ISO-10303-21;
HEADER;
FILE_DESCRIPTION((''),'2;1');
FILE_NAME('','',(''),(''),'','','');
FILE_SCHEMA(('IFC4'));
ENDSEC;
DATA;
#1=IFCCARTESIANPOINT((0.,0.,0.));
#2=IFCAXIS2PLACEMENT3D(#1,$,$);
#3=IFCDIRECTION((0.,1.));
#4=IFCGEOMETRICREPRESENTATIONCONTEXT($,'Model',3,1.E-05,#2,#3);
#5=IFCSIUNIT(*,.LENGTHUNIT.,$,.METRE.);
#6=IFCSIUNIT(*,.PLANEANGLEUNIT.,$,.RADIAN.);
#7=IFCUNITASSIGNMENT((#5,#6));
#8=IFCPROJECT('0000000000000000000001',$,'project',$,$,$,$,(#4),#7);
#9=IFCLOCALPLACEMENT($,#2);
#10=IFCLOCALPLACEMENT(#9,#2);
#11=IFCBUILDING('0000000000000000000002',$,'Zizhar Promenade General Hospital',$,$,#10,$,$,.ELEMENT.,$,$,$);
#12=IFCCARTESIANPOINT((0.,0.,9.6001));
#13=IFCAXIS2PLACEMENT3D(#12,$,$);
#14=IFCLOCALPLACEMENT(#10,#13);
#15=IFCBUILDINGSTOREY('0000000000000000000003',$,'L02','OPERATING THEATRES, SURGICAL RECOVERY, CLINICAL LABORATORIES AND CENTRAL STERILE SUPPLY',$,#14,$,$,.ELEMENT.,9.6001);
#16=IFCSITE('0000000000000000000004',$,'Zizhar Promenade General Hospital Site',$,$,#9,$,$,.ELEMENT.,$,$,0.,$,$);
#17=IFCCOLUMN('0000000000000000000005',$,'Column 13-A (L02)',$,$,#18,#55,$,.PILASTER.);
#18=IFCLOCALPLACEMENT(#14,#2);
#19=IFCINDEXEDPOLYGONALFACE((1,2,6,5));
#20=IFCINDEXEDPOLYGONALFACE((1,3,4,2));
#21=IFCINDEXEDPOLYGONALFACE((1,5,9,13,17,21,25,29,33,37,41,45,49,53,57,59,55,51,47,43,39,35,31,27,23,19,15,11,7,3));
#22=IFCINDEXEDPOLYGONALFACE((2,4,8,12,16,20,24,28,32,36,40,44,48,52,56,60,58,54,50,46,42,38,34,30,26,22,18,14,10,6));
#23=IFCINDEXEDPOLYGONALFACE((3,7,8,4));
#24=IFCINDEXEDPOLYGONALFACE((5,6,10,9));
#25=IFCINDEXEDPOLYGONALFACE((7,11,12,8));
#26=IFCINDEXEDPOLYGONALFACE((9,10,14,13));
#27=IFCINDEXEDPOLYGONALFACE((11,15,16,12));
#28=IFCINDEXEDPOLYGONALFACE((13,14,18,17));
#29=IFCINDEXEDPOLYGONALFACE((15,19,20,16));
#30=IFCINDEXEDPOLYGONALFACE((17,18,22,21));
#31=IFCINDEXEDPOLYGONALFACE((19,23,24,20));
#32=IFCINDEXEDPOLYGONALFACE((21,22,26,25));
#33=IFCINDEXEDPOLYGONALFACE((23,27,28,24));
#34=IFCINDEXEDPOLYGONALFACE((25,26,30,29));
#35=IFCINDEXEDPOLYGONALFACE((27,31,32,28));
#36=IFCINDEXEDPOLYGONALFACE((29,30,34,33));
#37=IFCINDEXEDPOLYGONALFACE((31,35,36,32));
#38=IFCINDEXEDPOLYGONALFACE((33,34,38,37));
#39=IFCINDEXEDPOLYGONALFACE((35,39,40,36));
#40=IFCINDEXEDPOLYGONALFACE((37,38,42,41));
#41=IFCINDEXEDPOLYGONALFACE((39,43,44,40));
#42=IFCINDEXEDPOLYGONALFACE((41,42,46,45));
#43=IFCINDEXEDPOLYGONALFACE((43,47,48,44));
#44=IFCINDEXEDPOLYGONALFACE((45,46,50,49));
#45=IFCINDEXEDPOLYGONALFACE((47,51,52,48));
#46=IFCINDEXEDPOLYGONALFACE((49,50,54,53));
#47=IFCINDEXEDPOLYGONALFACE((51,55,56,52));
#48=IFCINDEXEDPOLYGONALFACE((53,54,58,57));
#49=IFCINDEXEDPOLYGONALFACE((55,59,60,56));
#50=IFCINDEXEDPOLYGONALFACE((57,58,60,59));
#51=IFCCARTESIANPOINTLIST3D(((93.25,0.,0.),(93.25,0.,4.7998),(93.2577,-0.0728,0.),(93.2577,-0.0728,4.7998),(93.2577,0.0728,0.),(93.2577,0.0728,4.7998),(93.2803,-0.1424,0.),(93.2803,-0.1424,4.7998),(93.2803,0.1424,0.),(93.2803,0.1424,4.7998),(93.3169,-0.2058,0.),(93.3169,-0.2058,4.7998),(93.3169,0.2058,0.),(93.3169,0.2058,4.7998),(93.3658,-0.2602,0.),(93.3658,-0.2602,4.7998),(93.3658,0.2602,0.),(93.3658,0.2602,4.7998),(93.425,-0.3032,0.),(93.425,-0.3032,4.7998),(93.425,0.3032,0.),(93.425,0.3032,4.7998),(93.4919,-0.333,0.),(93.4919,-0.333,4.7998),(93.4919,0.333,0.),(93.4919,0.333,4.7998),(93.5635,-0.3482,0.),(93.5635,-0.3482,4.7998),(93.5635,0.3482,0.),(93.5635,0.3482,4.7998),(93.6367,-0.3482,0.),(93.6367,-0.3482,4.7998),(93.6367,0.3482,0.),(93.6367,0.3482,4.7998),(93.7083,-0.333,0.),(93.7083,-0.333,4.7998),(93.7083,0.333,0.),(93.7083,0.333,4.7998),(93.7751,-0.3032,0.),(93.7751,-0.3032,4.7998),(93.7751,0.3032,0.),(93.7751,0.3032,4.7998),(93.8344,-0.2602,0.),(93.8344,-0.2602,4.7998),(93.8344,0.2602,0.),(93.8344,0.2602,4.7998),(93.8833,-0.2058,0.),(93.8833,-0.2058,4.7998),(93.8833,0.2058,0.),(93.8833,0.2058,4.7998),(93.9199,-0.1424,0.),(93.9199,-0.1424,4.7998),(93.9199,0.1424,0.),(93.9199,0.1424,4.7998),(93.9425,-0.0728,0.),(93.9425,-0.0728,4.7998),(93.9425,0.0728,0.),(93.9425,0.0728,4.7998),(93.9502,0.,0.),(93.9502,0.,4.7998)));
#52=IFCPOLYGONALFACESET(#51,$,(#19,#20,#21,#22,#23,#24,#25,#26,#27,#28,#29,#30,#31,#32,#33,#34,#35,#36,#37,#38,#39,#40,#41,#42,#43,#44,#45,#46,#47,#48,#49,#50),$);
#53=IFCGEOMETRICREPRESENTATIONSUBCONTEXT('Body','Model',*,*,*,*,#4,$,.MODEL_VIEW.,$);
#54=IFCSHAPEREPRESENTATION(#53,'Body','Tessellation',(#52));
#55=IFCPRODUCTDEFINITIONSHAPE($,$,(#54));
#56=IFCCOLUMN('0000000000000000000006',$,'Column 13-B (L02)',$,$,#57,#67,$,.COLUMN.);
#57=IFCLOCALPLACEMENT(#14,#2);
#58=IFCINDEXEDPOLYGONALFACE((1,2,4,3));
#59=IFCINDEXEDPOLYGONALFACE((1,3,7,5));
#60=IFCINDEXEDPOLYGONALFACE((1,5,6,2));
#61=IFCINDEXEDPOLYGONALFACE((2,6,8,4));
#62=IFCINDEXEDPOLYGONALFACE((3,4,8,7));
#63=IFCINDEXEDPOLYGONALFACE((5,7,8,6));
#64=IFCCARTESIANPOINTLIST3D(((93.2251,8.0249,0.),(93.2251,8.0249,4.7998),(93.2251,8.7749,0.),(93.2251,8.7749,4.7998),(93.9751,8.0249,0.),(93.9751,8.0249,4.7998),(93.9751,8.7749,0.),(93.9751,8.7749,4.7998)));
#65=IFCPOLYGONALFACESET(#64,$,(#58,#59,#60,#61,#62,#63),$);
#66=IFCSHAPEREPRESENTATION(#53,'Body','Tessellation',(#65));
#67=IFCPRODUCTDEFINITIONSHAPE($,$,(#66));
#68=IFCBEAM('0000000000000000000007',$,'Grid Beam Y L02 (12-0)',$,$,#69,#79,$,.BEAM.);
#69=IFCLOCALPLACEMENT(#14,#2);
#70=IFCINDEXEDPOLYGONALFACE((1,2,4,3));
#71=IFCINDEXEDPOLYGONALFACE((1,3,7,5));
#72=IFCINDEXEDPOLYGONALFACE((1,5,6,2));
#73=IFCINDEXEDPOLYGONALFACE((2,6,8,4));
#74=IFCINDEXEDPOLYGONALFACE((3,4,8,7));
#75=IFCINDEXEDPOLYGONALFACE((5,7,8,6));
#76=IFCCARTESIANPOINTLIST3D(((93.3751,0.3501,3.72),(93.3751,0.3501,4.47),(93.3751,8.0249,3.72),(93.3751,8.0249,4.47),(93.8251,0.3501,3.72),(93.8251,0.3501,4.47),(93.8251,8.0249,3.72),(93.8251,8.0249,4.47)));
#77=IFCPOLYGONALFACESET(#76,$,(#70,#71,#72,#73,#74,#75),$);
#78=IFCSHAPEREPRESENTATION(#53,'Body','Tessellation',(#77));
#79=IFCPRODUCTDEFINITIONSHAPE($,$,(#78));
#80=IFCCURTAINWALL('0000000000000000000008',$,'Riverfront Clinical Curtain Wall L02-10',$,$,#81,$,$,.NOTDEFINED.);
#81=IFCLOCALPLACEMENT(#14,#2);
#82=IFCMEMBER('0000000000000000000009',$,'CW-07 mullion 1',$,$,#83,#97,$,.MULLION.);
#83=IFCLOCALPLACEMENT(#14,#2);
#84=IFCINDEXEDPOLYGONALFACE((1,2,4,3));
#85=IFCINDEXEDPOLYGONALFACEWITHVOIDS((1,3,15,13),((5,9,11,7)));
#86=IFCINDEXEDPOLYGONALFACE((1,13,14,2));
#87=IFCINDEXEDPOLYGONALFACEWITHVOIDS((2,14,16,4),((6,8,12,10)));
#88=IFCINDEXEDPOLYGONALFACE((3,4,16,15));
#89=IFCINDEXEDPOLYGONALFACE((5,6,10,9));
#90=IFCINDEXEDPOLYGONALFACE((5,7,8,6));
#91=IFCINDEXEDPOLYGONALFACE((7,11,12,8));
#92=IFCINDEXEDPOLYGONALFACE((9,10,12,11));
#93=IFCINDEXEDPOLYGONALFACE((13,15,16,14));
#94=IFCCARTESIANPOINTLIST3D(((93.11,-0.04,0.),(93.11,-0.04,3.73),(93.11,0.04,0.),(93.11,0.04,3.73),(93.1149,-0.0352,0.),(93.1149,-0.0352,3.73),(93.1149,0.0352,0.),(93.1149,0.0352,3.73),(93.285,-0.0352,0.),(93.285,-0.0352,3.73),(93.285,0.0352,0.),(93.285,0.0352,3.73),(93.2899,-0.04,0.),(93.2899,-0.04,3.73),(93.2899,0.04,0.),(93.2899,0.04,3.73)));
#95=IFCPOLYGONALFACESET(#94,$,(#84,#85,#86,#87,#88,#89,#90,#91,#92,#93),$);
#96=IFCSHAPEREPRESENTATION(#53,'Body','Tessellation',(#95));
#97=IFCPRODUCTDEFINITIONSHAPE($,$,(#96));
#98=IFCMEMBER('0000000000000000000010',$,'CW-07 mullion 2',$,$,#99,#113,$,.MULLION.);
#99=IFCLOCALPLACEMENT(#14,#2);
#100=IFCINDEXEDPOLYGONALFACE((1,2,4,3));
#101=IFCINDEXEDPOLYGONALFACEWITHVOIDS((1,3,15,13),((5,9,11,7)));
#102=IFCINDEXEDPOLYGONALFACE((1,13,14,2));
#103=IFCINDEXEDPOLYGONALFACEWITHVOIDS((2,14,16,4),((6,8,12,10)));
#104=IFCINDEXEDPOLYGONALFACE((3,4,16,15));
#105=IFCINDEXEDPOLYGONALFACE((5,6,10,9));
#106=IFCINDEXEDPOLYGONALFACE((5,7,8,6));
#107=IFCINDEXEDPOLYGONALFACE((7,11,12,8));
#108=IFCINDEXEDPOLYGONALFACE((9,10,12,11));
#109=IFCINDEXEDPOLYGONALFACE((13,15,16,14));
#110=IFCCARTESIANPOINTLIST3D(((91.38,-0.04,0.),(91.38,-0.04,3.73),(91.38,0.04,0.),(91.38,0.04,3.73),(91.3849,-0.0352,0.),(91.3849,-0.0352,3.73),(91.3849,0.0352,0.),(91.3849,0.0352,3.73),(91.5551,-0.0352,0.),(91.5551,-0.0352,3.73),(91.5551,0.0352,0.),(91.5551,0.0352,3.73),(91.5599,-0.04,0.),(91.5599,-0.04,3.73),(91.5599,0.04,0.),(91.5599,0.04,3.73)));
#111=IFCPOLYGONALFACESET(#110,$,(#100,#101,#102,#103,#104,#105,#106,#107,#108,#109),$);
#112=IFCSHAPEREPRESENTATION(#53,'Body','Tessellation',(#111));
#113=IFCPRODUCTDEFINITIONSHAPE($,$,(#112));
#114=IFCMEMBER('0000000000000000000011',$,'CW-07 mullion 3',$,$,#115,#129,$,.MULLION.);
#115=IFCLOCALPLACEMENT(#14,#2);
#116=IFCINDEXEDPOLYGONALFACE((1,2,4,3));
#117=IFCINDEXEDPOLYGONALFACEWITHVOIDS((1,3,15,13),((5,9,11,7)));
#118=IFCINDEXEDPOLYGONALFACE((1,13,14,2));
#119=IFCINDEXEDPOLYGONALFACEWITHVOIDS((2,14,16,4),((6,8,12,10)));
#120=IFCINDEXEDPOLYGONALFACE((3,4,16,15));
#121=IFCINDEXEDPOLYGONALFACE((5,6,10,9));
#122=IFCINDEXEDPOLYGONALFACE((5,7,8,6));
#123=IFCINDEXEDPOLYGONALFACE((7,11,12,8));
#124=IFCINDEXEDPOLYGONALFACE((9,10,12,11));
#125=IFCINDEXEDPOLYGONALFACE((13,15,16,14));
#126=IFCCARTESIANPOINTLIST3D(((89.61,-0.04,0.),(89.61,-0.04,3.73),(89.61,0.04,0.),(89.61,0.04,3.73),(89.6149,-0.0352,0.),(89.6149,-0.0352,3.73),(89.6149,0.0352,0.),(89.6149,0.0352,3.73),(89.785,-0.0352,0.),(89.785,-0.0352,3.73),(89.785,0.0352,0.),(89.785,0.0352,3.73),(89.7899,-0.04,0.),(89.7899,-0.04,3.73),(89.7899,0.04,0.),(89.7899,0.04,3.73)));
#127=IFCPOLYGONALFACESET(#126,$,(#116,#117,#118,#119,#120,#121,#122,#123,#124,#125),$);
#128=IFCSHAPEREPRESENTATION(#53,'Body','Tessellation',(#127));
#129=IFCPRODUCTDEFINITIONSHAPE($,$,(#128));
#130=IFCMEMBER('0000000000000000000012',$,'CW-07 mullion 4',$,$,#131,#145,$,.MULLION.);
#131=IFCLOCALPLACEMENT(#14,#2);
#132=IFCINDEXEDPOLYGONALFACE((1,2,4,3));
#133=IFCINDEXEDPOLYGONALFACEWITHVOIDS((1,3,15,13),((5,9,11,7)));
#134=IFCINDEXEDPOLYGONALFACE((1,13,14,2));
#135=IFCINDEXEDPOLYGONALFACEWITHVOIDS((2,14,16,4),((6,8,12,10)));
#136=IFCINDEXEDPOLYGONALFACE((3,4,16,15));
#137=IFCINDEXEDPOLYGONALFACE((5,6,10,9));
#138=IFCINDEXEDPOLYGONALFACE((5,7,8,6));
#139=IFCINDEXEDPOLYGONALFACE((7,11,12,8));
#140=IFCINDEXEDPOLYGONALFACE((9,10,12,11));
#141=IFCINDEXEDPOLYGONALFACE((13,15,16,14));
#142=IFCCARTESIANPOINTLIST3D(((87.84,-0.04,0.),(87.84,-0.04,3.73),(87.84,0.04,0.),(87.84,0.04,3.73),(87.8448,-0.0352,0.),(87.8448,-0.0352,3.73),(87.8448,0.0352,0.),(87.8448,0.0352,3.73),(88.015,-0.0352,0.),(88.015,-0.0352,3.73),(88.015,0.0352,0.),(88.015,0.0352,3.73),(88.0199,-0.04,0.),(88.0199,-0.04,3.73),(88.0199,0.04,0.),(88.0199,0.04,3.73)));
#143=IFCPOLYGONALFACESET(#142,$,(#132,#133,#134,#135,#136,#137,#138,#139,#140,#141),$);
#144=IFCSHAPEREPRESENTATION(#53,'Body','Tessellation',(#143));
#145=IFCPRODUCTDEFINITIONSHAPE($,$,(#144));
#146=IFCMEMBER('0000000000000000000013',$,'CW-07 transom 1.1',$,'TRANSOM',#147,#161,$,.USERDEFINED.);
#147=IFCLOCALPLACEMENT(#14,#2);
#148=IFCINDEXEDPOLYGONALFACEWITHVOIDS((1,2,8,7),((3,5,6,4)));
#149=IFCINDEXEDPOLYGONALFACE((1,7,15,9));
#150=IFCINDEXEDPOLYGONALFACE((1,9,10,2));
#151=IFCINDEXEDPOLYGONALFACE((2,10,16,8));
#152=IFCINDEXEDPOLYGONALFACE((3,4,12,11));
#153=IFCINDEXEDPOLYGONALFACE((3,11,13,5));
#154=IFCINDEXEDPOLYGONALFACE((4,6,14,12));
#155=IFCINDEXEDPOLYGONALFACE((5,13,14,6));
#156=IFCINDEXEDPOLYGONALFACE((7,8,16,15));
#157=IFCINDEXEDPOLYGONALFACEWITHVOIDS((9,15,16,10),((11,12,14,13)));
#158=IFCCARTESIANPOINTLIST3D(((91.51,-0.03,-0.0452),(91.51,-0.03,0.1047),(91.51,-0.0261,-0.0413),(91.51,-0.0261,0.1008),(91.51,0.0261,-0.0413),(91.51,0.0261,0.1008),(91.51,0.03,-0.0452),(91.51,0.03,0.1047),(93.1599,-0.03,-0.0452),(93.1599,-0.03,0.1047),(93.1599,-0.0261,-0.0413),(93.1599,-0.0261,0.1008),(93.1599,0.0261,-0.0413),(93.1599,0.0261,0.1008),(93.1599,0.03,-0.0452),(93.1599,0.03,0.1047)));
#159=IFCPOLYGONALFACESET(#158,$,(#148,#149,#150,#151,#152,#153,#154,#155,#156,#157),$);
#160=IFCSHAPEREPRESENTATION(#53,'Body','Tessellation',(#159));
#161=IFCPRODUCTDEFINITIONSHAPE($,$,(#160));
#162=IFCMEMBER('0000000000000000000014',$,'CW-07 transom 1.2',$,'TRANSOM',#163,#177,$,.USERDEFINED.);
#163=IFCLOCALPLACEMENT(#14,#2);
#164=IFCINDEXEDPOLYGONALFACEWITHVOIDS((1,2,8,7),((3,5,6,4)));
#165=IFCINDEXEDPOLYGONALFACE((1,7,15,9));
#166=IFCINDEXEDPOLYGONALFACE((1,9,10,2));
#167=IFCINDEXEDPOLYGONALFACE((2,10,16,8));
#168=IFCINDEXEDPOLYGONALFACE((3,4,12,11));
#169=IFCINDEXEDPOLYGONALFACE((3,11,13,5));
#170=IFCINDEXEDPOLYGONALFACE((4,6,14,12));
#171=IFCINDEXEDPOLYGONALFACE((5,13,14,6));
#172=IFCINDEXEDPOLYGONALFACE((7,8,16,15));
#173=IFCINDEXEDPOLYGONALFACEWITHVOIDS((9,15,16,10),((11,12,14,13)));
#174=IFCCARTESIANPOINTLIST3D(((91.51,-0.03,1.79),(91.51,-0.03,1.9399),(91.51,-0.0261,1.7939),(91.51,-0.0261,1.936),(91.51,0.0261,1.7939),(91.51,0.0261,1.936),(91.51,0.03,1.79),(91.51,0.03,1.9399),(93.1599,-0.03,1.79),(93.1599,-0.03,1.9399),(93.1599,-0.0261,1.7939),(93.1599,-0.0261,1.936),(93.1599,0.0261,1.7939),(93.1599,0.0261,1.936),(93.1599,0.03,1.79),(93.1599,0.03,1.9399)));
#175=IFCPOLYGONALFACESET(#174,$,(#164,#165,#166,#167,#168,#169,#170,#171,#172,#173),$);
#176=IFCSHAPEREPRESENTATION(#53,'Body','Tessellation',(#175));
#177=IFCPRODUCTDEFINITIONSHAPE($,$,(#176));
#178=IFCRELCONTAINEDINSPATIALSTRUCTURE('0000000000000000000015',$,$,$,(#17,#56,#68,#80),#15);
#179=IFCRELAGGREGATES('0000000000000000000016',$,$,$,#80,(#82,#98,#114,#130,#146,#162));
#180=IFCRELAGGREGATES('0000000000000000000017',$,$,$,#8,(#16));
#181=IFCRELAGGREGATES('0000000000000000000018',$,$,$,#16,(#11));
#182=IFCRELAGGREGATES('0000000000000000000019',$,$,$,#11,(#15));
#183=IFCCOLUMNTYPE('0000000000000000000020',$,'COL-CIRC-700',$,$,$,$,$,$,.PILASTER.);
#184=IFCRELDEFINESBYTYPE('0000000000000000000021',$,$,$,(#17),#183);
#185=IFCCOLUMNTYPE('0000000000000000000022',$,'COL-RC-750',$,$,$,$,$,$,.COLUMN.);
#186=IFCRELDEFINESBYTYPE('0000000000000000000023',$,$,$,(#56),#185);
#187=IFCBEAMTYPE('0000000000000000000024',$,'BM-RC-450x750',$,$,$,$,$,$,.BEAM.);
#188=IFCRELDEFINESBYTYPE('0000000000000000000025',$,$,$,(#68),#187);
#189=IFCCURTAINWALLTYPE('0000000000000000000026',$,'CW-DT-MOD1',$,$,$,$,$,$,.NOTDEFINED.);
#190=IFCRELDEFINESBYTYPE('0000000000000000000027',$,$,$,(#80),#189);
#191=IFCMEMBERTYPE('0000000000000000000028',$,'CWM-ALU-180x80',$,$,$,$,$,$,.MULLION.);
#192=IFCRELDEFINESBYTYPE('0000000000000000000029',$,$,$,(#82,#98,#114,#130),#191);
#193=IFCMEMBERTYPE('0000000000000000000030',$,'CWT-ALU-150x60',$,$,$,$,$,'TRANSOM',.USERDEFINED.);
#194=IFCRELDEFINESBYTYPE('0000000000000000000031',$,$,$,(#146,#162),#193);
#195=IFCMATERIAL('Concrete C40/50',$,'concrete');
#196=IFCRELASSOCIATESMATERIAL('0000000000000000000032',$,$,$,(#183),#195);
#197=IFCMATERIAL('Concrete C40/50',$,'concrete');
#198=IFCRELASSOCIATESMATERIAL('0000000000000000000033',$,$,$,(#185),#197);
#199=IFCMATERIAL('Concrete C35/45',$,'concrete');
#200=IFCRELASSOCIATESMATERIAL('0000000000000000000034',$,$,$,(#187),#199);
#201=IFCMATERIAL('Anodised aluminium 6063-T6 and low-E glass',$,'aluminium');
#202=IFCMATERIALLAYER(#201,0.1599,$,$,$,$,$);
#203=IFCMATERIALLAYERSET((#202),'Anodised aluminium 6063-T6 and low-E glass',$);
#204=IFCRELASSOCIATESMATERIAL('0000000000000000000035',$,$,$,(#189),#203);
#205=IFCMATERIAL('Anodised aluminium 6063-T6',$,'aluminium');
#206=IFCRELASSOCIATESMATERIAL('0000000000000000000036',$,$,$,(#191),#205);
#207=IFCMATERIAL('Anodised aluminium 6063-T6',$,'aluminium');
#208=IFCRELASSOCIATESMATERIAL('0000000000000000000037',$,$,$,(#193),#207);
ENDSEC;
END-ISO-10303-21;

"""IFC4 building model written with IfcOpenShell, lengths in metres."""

from ifc_helpers import new_model, si_unit, direction, frame, origin, origin_2d, place, context, subcontext, project, spatial, rectangle, hollow_rectangle, circle, extrude, material, layer, layer_set, material_profile, profile_set, type_object, element, aggregate, save


model = new_model("IFC4")

# Units and contexts
model_context = context("Model", 3, precision=1e-05, world=origin(), true_north=direction((0.0, 1.0)))
body_context = subcontext(model_context, "Body", "Model", "MODEL_VIEW")
ifc_project = project(units=[si_unit("LENGTHUNIT", "METRE"), si_unit("PLANEANGLEUNIT", "RADIAN")], contexts=[model_context])

# Site, building, storey
site_placement = place(None, origin())
site = spatial("IfcSite", under=ifc_project, at=site_placement, Name="Zizhar Promenade General Hospital Site", CompositionType="ELEMENT", RefElevation=0.0)
building_placement = place(site_placement, origin())
building = spatial("IfcBuilding", under=site, at=building_placement, Name="Zizhar Promenade General Hospital", CompositionType="ELEMENT")
storey_placement = place(building_placement, frame((0.0, 0.0, 9.6001)))
storey = spatial("IfcBuildingStorey", under=building, at=storey_placement, Name="L02", Description="OPERATING THEATRES, SURGICAL RECOVERY, CLINICAL LABORATORIES AND CENTRAL STERILE SUPPLY", CompositionType="ELEMENT", Elevation=9.6001)

# Columns
ifc_material_1 = material(Name="Concrete C40/50", Category="concrete")
ifc_material_profile_1 = material_profile(ifc_material_1, circle(Radius=0.3501, at=origin_2d()))
ifc_profile_set_1 = profile_set([ifc_material_profile_1], Name="Concrete C40/50")
column_type_1 = type_object("IfcColumnType", Name="COL-CIRC-700", PredefinedType="PILASTER", material=ifc_profile_set_1)
column_1_placement = place(storey_placement, frame((93.6001, 0.0, 0.0), z_axis=(0.0, 0.0, 1.0), x_axis=(1.0, 0.0, 0.0)))
element("IfcColumn", 1, at=column_1_placement, inside=storey, type_object=column_type_1, Name="Column 13-A (L02)", PredefinedType="PILASTER", context=body_context, shape_type="SweptSolid", body=[
    extrude(circle(Radius=0.3501, at=origin_2d()), origin(), (0.0, 0.0, 1.0), 4.7998),
])
ifc_material_2 = material(Name="Concrete C40/50", Category="concrete")
ifc_material_profile_2 = material_profile(ifc_material_2, rectangle(XDim=0.75, YDim=0.75, at=origin_2d()))
ifc_profile_set_2 = profile_set([ifc_material_profile_2], Name="Concrete C40/50")
column_type_2 = type_object("IfcColumnType", Name="COL-RC-750", PredefinedType="COLUMN", material=ifc_profile_set_2)
column_2_placement = place(storey_placement, frame((93.6001, 8.3999, 0.0), z_axis=(0.0, 0.0, 1.0), x_axis=(1.0, 0.0, 0.0)))
element("IfcColumn", 2, at=column_2_placement, inside=storey, type_object=column_type_2, Name="Column 13-B (L02)", PredefinedType="COLUMN", context=body_context, shape_type="SweptSolid", body=[
    extrude(rectangle(XDim=0.75, YDim=0.75, at=origin_2d()), origin(), (0.0, 0.0, 1.0), 4.7998),
])

# Beam
ifc_material_3 = material(Name="Concrete C35/45", Category="concrete")
ifc_material_profile_3 = material_profile(ifc_material_3, rectangle(XDim=0.45, YDim=0.75, at=origin_2d()))
ifc_profile_set_3 = profile_set([ifc_material_profile_3], Name="Concrete C35/45")
beam_type = type_object("IfcBeamType", Name="BM-RC-450x750", PredefinedType="BEAM", material=ifc_profile_set_3)
beam_placement = place(storey_placement, frame((93.6001, 0.3501, 4.095), z_axis=(0.0, 1.0, 0.0), x_axis=(-1.0, 0.0, 0.0)))
element("IfcBeam", 3, at=beam_placement, inside=storey, type_object=beam_type, Name="Grid Beam Y L02 (12-0)", PredefinedType="BEAM", context=body_context, shape_type="SweptSolid", body=[
    extrude(rectangle(XDim=0.45, YDim=0.75, at=origin_2d()), origin(), (0.0, 0.0, 1.0), 7.6748),
])

# Curtain wall, members
ifc_material_4 = material(Name="Anodised aluminium 6063-T6 and low-E glass", Category="aluminium")
ifc_layer_1 = layer(ifc_material_4, 0.1599)
ifc_layer_set_1 = layer_set([ifc_layer_1], Name="Anodised aluminium 6063-T6 and low-E glass")
curtain_wall_type = type_object("IfcCurtainWallType", Name="CW-DT-MOD1", PredefinedType="NOTDEFINED", material=ifc_layer_set_1)
curtain_wall_placement = place(storey_placement, origin())
curtain_wall = element("IfcCurtainWall", 4, at=curtain_wall_placement, inside=storey, type_object=curtain_wall_type, Name="Riverfront Clinical Curtain Wall L02-10", PredefinedType="NOTDEFINED")
ifc_material_5 = material(Name="Anodised aluminium 6063-T6", Category="aluminium")
ifc_material_profile_4 = material_profile(ifc_material_5, hollow_rectangle(XDim=0.0801, YDim=0.1799, WallThickness=0.0049, at=origin_2d()))
ifc_profile_set_4 = profile_set([ifc_material_profile_4], Name="Anodised aluminium 6063-T6")
member_type_1 = type_object("IfcMemberType", Name="CWM-ALU-180x80", PredefinedType="MULLION", material=ifc_profile_set_4)
member_1_placement = place(storey_placement, frame((93.2, 0.0, 0.0), z_axis=(0.0, 0.0, 1.0), x_axis=(0.0, -1.0, 0.0)))
member_1 = element("IfcMember", 5, at=member_1_placement, type_object=member_type_1, Name="CW-07 mullion 1", PredefinedType="MULLION", context=body_context, shape_type="SweptSolid", body=[
    extrude(hollow_rectangle(XDim=0.0801, YDim=0.1799, WallThickness=0.0049, at=origin_2d()), origin(), (0.0, 0.0, 1.0), 3.73),
])
member_2_placement = place(storey_placement, frame((91.47, 0.0, 0.0), z_axis=(0.0, 0.0, 1.0), x_axis=(0.0, -1.0, 0.0)))
member_2 = element("IfcMember", 6, at=member_2_placement, type_object=member_type_1, Name="CW-07 mullion 2", PredefinedType="MULLION", context=body_context, shape_type="SweptSolid", body=[
    extrude(hollow_rectangle(XDim=0.0801, YDim=0.1799, WallThickness=0.0049, at=origin_2d()), origin(), (0.0, 0.0, 1.0), 3.73),
])
member_3_placement = place(storey_placement, frame((89.7, 0.0, 0.0), z_axis=(0.0, 0.0, 1.0), x_axis=(0.0, -1.0, 0.0)))
member_3 = element("IfcMember", 7, at=member_3_placement, type_object=member_type_1, Name="CW-07 mullion 3", PredefinedType="MULLION", context=body_context, shape_type="SweptSolid", body=[
    extrude(hollow_rectangle(XDim=0.0801, YDim=0.1799, WallThickness=0.0049, at=origin_2d()), origin(), (0.0, 0.0, 1.0), 3.73),
])
member_4_placement = place(storey_placement, frame((87.9299, 0.0, 0.0), z_axis=(0.0, 0.0, 1.0), x_axis=(0.0, -1.0, 0.0)))
member_4 = element("IfcMember", 8, at=member_4_placement, type_object=member_type_1, Name="CW-07 mullion 4", PredefinedType="MULLION", context=body_context, shape_type="SweptSolid", body=[
    extrude(hollow_rectangle(XDim=0.0801, YDim=0.1799, WallThickness=0.0049, at=origin_2d()), origin(), (0.0, 0.0, 1.0), 3.73),
])
ifc_material_6 = material(Name="Anodised aluminium 6063-T6", Category="aluminium")
ifc_material_profile_5 = material_profile(ifc_material_6, hollow_rectangle(XDim=0.0601, YDim=0.1499, WallThickness=0.0039, at=origin_2d()))
ifc_profile_set_5 = profile_set([ifc_material_profile_5], Name="Anodised aluminium 6063-T6")
member_type_2 = type_object("IfcMemberType", Name="CWT-ALU-150x60", ElementType="TRANSOM", PredefinedType="USERDEFINED", material=ifc_profile_set_5)
member_5_placement = place(storey_placement, frame((93.1599, 0.0, 0.0298), z_axis=(-1.0, 0.0, 0.0), x_axis=(0.0, -1.0, 0.0)))
member_5 = element("IfcMember", 9, at=member_5_placement, type_object=member_type_2, Name="CW-07 transom 1.1", ObjectType="TRANSOM", PredefinedType="USERDEFINED", context=body_context, shape_type="SweptSolid", body=[
    extrude(hollow_rectangle(XDim=0.0601, YDim=0.1499, WallThickness=0.0039, at=origin_2d()), origin(), (0.0, 0.0, 1.0), 1.6499),
])
member_6_placement = place(storey_placement, frame((93.1599, 0.0, 1.865), z_axis=(-1.0, 0.0, 0.0), x_axis=(0.0, -1.0, 0.0)))
member_6 = element("IfcMember", 10, at=member_6_placement, type_object=member_type_2, Name="CW-07 transom 1.2", ObjectType="TRANSOM", PredefinedType="USERDEFINED", context=body_context, shape_type="SweptSolid", body=[
    extrude(hollow_rectangle(XDim=0.0601, YDim=0.1499, WallThickness=0.0039, at=origin_2d()), origin(), (0.0, 0.0, 1.0), 1.6499),
])
aggregate(curtain_wall, [member_1, member_2, member_3, member_4, member_5, member_6])

save(model, "model.ifc")
